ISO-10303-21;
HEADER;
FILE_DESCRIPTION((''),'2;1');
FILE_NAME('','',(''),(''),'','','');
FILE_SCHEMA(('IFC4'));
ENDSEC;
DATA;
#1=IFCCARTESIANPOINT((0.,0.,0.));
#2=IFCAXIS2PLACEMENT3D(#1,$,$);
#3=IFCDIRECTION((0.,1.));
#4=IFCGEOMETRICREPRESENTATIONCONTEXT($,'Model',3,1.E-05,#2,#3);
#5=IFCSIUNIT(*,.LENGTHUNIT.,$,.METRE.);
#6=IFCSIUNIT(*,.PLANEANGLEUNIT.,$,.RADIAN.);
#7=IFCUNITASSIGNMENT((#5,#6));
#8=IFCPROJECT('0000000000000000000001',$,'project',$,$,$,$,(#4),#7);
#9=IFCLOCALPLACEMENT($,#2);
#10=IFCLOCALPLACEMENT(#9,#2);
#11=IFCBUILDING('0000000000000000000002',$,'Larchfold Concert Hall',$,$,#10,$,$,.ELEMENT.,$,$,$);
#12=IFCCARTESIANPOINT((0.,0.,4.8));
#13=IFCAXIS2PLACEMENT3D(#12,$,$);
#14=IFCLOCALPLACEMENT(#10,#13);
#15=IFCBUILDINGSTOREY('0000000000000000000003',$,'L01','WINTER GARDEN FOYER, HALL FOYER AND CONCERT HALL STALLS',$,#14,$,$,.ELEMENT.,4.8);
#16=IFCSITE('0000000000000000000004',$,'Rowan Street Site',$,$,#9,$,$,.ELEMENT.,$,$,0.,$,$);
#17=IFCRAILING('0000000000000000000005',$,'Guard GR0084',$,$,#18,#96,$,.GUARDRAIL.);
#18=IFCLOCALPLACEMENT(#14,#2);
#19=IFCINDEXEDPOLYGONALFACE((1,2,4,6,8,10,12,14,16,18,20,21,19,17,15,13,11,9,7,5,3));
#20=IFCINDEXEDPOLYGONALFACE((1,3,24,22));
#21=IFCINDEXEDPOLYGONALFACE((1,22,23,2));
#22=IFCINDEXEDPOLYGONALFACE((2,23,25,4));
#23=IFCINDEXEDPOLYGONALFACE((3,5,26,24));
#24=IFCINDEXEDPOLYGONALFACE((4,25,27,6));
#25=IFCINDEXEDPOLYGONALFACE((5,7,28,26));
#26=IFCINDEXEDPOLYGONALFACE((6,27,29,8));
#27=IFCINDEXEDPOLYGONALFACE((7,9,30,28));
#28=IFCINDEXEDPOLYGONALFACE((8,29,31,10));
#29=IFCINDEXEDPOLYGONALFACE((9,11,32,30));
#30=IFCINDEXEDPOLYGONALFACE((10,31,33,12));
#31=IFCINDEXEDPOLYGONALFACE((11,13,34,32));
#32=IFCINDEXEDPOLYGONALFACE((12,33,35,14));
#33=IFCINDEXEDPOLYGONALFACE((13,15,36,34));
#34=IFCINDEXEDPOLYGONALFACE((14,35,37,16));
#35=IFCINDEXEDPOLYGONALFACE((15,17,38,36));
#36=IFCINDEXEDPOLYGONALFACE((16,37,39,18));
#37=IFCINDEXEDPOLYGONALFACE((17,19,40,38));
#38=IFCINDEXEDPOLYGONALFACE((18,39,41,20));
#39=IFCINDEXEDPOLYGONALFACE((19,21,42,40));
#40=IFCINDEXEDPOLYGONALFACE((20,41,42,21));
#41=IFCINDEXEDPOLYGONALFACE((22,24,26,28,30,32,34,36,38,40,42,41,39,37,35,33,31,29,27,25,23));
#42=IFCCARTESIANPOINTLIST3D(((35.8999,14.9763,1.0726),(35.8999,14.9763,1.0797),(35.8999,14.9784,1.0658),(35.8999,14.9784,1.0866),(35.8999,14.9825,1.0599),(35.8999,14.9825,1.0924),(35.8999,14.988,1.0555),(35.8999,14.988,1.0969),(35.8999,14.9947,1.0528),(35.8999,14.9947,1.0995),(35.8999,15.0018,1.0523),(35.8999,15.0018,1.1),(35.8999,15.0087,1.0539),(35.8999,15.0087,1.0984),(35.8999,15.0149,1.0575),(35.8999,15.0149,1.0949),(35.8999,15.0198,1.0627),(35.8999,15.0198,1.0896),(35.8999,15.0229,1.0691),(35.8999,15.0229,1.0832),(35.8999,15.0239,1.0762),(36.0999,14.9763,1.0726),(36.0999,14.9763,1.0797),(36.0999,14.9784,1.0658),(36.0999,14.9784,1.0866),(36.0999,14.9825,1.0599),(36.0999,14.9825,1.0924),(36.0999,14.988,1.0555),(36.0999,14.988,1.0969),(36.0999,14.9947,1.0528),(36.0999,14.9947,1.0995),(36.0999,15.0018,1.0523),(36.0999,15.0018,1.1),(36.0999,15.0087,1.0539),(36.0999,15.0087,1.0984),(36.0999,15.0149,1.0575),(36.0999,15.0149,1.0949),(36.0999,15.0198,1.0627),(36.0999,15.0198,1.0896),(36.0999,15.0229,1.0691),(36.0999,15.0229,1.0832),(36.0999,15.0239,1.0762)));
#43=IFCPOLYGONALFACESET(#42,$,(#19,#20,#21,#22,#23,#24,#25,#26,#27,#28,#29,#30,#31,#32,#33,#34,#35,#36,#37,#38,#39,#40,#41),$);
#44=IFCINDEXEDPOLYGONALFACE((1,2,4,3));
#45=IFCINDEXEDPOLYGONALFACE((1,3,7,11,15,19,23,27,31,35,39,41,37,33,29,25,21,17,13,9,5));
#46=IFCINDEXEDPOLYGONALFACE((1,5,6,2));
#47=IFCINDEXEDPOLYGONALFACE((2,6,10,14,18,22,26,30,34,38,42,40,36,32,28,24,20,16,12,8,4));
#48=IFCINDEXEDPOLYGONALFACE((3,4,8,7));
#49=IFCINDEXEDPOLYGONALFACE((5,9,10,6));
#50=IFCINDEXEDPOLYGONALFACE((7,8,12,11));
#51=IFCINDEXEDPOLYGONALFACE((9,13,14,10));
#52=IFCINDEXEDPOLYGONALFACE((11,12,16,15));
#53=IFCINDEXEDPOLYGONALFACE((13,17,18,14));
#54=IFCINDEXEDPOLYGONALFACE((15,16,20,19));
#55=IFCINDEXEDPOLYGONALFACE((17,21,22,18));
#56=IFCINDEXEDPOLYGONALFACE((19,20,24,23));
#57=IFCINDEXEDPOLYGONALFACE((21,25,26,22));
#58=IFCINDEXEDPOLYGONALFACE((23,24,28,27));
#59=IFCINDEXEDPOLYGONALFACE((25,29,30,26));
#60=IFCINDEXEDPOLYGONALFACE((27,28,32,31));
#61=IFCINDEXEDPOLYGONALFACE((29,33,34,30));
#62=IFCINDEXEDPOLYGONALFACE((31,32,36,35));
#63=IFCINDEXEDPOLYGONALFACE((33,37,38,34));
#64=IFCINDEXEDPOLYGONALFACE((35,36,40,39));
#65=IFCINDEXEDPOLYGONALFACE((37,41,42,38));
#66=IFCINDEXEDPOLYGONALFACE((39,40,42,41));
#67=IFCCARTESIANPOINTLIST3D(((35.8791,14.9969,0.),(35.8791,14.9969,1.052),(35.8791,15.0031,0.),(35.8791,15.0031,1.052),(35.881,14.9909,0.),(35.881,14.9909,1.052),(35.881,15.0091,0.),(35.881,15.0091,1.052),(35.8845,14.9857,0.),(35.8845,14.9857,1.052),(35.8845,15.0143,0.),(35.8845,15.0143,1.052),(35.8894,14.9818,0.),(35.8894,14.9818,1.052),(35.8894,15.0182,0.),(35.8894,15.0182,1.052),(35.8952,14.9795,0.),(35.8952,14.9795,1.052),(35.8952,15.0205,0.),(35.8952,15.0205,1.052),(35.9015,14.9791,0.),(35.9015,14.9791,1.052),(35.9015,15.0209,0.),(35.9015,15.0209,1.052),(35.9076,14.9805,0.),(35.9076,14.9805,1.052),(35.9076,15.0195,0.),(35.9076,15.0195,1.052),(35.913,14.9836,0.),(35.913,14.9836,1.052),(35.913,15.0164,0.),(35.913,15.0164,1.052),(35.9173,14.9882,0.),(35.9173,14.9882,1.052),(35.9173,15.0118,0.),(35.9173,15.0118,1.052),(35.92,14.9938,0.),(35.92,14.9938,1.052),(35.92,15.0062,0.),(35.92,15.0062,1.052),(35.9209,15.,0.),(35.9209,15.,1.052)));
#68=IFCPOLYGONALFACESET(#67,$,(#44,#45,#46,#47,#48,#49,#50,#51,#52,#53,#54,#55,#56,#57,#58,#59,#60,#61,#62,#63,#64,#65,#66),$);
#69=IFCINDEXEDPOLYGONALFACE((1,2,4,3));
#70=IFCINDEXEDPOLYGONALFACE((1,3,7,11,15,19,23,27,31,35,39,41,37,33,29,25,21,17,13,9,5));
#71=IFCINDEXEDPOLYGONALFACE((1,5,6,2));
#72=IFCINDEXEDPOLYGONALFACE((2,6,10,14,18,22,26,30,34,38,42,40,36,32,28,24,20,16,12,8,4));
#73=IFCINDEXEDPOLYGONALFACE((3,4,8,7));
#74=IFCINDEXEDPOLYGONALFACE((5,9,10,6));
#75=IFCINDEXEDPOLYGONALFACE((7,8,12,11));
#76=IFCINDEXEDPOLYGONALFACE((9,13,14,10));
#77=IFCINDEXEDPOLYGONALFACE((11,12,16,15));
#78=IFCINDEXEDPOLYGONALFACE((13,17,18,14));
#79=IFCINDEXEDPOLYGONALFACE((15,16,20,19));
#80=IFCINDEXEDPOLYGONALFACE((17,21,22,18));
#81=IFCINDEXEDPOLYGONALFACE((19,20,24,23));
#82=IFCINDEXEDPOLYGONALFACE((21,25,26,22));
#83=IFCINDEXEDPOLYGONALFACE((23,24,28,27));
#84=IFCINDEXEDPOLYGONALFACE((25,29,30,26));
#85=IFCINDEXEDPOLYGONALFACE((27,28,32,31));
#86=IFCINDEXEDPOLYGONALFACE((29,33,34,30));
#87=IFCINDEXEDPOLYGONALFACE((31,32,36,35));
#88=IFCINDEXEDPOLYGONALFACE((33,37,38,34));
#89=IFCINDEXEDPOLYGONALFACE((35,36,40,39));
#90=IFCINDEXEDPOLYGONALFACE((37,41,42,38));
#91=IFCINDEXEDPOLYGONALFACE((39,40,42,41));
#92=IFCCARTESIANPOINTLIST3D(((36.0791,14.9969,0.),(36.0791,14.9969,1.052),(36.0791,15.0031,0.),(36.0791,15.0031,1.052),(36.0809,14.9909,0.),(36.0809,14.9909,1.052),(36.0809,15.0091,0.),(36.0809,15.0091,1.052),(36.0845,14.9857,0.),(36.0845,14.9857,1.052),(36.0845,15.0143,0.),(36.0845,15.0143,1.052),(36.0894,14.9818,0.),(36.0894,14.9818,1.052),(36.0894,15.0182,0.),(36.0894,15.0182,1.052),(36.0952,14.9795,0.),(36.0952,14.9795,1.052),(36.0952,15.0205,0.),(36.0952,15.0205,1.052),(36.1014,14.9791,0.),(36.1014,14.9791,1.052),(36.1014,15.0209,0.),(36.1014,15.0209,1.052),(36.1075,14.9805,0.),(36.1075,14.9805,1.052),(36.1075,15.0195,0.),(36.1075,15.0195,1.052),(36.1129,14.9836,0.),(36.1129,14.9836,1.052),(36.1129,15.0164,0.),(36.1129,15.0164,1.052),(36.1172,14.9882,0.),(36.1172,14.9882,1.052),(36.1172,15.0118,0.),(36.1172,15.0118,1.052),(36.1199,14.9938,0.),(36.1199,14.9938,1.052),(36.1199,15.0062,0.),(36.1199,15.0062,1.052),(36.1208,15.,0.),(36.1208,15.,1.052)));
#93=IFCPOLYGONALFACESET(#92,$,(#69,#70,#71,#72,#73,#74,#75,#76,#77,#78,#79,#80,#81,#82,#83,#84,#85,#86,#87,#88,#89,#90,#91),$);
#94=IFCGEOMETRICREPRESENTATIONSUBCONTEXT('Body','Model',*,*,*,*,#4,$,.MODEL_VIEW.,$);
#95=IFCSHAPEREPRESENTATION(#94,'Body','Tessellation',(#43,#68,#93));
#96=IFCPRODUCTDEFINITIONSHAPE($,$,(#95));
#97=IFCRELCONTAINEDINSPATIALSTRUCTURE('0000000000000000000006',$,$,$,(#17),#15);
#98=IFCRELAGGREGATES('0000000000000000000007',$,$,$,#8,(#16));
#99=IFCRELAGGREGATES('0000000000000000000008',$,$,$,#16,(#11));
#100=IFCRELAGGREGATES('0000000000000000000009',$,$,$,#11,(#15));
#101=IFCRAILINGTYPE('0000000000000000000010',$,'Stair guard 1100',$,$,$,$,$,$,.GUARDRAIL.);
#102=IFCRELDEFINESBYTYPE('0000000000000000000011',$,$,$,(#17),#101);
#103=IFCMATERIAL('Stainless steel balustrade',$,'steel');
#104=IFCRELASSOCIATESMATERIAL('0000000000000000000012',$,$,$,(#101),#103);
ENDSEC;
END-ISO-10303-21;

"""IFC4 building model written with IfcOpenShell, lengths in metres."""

from ifc_helpers import new_model, si_unit, direction, frame, origin, origin_2d, place, context, subcontext, project, spatial, circle, extrude, material, type_object, element, save


model = new_model("IFC4")

# Units and contexts
model_context = context("Model", 3, precision=1e-05, world=origin(), true_north=direction((0.0, 1.0)))
body_context = subcontext(model_context, "Body", "Model", "MODEL_VIEW")
ifc_project = project(units=[si_unit("LENGTHUNIT", "METRE"), si_unit("PLANEANGLEUNIT", "RADIAN")], contexts=[model_context])

# Site, building, storey
site_placement = place(None, origin())
site = spatial("IfcSite", under=ifc_project, at=site_placement, Name="Rowan Street Site", CompositionType="ELEMENT", RefElevation=0.0)
building_placement = place(site_placement, origin())
building = spatial("IfcBuilding", under=site, at=building_placement, Name="Larchfold Concert Hall", CompositionType="ELEMENT")
storey_placement = place(building_placement, frame((0.0, 0.0, 4.8)))
storey = spatial("IfcBuildingStorey", under=building, at=storey_placement, Name="L01", Description="WINTER GARDEN FOYER, HALL FOYER AND CONCERT HALL STALLS", CompositionType="ELEMENT", Elevation=4.8)

# Railing
ifc_material_1 = material(Name="Stainless steel balustrade", Category="steel")
railing_type_1 = type_object("IfcRailingType", Name="Stair guard 1100", PredefinedType="GUARDRAIL", material=ifc_material_1)
railing_1_placement = place(storey_placement, frame((35.8999, 15.0, 0.0)))
element("IfcRailing", 1, at=railing_1_placement, inside=storey, type_object=railing_type_1, Name="Guard GR0084", PredefinedType="GUARDRAIL", context=body_context, shape_type="SweptSolid", body=[
    extrude(circle(Radius=0.0239, at=origin_2d()), frame((0.0, 0.0, 1.0762), z_axis=(1.0, 0.0, 0.0), x_axis=(0.0, 1.0, 0.0)), (0.0, 0.0, 1.0), 0.2),
    extrude(circle(Radius=0.021, at=origin_2d()), origin(), (0.0, 0.0, 1.0), 1.052),
    extrude(circle(Radius=0.021, at=origin_2d()), frame((0.2, 0.0, 0.0)), (0.0, 0.0, 1.0), 1.052),
])

save(model, "model.ifc")
